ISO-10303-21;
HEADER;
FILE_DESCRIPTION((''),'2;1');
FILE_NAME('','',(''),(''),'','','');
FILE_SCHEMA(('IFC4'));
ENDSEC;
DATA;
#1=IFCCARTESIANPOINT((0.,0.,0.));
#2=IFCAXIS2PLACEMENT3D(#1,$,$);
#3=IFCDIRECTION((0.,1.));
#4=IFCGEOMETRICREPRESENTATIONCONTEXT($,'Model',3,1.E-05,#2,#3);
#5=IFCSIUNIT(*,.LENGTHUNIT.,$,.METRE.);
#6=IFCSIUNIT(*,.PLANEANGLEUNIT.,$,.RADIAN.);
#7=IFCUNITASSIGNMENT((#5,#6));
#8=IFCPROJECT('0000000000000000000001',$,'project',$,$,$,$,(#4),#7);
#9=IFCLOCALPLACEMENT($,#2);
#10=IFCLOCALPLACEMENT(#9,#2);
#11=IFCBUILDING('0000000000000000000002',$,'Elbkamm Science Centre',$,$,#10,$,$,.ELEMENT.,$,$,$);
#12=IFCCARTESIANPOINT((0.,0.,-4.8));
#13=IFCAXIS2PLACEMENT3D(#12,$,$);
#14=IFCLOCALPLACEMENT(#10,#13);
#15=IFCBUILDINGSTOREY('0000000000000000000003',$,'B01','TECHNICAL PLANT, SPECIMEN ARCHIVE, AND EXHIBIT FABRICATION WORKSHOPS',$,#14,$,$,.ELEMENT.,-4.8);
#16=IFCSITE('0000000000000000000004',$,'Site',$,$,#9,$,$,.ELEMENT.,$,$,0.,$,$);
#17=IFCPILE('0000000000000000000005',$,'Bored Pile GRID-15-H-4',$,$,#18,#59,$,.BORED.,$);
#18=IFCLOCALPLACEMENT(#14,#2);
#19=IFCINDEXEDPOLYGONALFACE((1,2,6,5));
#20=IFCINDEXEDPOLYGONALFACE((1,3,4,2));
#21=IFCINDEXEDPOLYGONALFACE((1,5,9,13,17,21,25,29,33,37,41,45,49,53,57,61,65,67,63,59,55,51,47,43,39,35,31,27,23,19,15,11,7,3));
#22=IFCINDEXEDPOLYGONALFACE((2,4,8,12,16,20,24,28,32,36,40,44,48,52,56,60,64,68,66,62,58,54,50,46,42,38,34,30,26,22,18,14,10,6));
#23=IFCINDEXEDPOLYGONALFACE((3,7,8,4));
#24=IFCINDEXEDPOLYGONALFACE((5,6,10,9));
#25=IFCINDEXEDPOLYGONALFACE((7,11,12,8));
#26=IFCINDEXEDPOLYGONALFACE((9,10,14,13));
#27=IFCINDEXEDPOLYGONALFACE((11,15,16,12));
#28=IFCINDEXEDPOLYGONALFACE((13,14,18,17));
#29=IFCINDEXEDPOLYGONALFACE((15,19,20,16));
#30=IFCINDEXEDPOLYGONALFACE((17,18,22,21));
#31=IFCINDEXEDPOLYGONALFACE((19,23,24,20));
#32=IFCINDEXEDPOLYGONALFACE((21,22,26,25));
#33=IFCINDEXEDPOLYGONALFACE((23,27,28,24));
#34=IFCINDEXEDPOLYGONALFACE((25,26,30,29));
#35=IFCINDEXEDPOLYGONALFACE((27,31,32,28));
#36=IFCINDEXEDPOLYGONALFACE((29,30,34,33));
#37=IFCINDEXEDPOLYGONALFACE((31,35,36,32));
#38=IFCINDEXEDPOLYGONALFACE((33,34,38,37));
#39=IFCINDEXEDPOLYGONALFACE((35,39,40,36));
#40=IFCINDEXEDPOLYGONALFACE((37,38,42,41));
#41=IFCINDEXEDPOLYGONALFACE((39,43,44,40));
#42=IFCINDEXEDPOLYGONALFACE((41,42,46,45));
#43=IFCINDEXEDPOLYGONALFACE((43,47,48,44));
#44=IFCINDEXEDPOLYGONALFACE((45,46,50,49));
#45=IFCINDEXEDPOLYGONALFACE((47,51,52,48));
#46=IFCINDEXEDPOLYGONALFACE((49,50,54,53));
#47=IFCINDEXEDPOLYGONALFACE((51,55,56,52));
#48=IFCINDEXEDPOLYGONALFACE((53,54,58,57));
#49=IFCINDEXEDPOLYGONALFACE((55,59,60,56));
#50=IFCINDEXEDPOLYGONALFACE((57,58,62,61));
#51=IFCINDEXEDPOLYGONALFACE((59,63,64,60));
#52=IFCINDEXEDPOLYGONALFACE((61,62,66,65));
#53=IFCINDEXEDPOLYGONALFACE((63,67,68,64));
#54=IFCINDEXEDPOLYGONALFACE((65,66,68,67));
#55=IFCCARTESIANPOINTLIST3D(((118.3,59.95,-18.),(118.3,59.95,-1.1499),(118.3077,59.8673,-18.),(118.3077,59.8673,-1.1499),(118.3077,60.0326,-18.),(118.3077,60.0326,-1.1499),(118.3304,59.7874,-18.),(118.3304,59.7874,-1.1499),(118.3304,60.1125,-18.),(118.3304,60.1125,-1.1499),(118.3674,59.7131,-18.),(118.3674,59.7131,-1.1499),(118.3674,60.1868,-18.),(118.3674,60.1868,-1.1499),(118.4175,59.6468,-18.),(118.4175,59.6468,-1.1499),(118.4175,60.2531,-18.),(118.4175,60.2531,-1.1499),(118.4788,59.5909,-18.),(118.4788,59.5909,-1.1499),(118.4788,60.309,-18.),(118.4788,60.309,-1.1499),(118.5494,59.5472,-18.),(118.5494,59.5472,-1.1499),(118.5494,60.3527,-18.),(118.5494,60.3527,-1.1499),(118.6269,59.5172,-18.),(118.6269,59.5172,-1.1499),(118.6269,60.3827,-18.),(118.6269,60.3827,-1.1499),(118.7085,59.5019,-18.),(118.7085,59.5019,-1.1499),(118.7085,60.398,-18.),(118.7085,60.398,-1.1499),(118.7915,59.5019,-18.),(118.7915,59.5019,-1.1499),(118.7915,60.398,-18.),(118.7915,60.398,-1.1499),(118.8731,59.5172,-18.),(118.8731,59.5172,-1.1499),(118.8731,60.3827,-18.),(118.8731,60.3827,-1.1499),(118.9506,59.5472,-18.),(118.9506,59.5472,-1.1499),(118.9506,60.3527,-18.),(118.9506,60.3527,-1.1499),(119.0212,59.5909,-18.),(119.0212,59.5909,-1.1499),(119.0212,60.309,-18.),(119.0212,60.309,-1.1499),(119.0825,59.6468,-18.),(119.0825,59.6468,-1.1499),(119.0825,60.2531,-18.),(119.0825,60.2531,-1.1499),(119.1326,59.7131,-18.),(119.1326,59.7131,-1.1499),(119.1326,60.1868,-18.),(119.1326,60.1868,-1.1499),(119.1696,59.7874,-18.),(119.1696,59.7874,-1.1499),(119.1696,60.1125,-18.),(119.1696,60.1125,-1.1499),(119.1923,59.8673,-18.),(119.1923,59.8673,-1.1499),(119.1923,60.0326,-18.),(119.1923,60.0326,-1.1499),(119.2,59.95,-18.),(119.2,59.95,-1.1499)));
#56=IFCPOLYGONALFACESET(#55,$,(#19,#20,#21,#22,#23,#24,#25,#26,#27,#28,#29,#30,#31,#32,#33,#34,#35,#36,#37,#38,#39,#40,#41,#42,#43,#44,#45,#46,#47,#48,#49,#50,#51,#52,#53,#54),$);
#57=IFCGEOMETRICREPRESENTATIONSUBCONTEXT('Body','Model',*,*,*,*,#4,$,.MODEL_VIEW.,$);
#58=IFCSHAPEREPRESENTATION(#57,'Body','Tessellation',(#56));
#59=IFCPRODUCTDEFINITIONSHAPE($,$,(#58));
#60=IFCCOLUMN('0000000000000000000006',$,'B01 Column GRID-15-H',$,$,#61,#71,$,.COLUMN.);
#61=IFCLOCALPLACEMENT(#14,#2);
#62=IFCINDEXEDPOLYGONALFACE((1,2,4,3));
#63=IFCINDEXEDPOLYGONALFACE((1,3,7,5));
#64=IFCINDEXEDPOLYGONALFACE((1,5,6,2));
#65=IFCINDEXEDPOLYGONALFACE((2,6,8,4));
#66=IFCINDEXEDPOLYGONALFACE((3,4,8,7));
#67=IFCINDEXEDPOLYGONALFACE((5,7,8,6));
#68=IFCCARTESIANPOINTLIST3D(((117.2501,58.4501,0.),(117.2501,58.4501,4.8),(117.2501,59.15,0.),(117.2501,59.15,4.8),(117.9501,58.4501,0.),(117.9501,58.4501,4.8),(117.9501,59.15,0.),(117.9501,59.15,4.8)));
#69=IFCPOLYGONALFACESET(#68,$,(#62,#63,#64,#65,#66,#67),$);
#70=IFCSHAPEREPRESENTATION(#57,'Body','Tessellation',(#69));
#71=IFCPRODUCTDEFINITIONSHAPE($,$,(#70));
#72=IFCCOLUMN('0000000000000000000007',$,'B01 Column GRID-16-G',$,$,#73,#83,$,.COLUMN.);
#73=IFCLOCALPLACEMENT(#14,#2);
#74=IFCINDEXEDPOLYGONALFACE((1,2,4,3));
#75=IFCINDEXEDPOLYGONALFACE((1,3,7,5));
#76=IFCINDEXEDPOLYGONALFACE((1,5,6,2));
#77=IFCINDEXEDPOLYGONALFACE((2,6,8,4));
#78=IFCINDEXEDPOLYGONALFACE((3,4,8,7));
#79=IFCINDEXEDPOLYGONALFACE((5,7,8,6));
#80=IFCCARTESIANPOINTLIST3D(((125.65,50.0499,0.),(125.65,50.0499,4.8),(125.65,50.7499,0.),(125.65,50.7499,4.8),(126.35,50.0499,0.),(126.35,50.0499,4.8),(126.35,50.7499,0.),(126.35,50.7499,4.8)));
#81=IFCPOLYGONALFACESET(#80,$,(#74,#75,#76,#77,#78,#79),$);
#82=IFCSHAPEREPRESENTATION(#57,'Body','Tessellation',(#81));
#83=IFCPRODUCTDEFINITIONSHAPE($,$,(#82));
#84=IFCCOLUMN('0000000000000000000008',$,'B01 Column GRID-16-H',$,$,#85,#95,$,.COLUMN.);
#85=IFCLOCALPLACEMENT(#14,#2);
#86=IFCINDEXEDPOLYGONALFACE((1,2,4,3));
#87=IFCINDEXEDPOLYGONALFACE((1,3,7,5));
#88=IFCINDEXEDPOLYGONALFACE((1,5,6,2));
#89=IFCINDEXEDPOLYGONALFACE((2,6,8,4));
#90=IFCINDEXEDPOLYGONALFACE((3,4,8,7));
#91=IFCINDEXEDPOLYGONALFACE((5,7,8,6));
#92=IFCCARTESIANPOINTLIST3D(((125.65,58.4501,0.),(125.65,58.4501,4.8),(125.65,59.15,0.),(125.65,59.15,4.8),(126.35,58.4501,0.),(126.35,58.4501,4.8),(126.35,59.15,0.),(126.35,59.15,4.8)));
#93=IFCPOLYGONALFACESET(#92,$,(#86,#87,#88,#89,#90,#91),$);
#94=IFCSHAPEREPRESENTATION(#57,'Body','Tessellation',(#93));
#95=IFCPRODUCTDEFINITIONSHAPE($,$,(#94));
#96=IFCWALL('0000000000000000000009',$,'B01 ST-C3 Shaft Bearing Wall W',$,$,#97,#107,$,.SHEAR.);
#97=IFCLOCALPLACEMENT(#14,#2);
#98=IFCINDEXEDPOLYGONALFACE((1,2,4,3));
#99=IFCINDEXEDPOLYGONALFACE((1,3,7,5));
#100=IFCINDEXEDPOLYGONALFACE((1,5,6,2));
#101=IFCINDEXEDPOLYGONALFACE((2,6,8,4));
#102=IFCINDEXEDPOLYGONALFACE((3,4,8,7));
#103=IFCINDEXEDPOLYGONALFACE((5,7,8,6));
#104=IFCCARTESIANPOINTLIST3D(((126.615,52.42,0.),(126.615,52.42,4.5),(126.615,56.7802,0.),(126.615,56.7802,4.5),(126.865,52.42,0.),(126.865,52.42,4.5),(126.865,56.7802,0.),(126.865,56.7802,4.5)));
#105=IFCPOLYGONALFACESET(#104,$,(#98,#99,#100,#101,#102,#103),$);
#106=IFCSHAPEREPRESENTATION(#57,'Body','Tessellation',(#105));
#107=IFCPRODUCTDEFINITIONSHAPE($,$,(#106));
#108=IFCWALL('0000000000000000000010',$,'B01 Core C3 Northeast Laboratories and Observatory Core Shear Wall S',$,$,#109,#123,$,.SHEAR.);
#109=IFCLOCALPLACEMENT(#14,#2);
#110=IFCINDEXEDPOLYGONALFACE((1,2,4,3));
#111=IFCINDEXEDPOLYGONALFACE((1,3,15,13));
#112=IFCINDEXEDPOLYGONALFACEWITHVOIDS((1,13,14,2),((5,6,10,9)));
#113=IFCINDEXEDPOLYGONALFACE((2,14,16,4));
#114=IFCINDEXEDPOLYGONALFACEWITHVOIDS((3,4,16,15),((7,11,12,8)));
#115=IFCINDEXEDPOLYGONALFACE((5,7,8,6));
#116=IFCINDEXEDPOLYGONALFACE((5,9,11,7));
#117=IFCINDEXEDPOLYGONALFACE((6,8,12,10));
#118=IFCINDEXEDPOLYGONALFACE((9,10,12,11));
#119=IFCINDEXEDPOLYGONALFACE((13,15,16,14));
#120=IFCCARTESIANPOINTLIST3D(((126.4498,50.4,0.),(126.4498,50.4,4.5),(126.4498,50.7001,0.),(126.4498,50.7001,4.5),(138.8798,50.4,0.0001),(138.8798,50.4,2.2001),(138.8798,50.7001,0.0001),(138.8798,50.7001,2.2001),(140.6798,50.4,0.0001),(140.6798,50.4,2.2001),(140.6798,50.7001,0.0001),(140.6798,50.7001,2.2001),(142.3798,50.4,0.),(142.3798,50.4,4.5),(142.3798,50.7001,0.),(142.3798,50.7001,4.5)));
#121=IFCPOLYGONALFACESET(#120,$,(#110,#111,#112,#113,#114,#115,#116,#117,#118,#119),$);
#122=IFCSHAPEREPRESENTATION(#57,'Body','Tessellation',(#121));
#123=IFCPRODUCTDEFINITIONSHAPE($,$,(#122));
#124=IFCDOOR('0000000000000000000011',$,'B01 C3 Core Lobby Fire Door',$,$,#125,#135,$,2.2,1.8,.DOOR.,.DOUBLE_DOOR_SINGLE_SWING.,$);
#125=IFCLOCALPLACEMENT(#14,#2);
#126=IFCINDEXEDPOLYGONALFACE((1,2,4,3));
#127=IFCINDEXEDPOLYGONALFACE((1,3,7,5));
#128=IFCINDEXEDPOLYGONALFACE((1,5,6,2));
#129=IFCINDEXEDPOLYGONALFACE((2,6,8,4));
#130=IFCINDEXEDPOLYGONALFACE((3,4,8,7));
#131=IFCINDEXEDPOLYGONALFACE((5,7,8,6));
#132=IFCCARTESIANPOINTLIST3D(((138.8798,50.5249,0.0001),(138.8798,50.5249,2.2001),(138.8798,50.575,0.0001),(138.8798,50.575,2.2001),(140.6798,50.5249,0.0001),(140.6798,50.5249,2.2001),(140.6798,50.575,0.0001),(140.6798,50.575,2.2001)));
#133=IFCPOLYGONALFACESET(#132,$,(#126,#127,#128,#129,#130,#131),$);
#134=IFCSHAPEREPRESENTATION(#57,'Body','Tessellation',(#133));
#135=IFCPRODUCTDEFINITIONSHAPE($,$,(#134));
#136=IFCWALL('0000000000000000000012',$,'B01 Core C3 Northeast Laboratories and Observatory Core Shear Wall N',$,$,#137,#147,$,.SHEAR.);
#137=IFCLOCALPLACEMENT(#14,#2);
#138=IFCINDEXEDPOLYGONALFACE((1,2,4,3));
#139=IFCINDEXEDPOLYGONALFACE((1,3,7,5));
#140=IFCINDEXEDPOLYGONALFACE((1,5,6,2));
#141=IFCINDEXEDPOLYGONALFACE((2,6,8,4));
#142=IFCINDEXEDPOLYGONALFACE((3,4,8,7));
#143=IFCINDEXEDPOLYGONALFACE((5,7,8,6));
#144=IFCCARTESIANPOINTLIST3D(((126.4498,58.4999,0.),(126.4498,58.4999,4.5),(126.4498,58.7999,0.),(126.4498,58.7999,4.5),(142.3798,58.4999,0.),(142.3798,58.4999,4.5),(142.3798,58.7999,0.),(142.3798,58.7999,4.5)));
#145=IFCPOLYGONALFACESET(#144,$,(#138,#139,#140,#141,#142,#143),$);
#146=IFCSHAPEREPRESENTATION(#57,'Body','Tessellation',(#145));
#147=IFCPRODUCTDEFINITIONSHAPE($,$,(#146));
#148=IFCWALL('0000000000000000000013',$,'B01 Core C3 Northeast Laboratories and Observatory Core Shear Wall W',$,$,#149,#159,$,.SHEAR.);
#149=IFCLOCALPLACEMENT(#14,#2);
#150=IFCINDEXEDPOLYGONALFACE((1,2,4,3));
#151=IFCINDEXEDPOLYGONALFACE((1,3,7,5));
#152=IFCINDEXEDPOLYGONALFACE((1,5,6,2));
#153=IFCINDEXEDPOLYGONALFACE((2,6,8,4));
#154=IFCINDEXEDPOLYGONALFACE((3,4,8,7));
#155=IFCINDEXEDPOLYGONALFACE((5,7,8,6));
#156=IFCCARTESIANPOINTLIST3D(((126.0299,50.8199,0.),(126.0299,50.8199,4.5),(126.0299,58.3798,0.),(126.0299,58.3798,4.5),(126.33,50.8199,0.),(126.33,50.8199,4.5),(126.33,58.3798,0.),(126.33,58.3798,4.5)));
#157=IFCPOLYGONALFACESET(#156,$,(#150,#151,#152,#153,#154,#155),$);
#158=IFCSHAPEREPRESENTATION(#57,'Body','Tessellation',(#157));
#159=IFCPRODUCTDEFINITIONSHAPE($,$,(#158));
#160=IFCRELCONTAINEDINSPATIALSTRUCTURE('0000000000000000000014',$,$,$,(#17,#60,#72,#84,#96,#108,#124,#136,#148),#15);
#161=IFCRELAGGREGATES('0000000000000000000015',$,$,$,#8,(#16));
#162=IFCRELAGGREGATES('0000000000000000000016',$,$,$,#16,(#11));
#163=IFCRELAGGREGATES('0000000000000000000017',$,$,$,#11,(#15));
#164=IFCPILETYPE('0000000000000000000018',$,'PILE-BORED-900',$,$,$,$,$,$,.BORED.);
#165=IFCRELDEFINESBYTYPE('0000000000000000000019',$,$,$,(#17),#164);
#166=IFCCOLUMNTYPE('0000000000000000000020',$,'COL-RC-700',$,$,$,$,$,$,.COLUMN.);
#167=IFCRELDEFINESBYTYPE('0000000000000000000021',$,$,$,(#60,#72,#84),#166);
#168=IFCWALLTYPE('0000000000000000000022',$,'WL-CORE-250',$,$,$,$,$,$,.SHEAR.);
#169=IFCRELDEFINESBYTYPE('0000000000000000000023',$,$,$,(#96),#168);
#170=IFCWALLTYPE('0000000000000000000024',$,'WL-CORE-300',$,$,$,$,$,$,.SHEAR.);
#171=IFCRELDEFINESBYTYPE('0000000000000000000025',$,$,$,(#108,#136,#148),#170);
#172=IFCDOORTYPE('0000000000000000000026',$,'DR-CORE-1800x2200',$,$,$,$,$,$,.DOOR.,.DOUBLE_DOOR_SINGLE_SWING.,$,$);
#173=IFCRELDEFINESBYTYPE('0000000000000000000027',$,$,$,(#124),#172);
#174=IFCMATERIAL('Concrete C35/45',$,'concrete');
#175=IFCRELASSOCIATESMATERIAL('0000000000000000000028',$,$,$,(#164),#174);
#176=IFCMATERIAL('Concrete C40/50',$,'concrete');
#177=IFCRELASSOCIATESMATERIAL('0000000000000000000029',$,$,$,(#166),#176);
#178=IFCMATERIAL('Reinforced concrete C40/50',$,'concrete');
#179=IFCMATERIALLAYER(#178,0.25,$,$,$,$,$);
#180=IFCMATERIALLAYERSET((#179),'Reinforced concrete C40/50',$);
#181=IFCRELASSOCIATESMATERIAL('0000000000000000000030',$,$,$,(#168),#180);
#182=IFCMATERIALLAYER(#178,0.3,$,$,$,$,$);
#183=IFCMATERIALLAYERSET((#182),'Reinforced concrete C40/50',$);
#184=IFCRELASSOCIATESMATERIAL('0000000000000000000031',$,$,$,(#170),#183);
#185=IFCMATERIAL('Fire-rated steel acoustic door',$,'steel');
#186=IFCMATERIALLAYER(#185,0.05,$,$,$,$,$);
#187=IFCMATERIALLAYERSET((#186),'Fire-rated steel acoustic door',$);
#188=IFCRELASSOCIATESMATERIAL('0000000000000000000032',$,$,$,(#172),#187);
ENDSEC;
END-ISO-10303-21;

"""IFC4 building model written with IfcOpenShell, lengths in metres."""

from ifc_helpers import new_model, si_unit, direction, frame, frame_2d, origin, origin_2d, place, context, subcontext, project, spatial, rectangle, circle, extrude, material, layer, layer_set, material_profile, profile_set, type_object, element, fill, save


model = new_model("IFC4")

# Units and contexts
model_context = context("Model", 3, precision=1e-05, world=origin(), true_north=direction((0.0, 1.0)))
body_context = subcontext(model_context, "Body", "Model", "MODEL_VIEW")
ifc_project = project(units=[si_unit("LENGTHUNIT", "METRE"), si_unit("PLANEANGLEUNIT", "RADIAN")], contexts=[model_context])

# Site, building, storey
site_placement = place(None, origin())
site = spatial("IfcSite", under=ifc_project, at=site_placement, Name="Site", CompositionType="ELEMENT", RefElevation=0.0)
building_placement = place(site_placement, origin())
building = spatial("IfcBuilding", under=site, at=building_placement, Name="Elbkamm Science Centre", CompositionType="ELEMENT")
storey_placement = place(building_placement, frame((0.0, 0.0, -4.8)))
storey = spatial("IfcBuildingStorey", under=building, at=storey_placement, Name="B01", Description="TECHNICAL PLANT, SPECIMEN ARCHIVE, AND EXHIBIT FABRICATION WORKSHOPS", CompositionType="ELEMENT", Elevation=-4.8)

# Shared definitions
ifc_material_1 = material(Name="Concrete C35/45", Category="concrete")

# Pile
ifc_material_profile_1 = material_profile(ifc_material_1, circle(Radius=0.45, at=origin_2d()), Name="PILE D900")
ifc_profile_set_1 = profile_set([ifc_material_profile_1], Name="Concrete C35/45")
pile_type_1 = type_object("IfcPileType", Name="PILE-BORED-900", PredefinedType="BORED", material=ifc_profile_set_1)
for number, where, z_axis, x_axis, name in (
    (1, (118.75, 59.95, -1.1499), (0.0, 0.0, -1.0), (1.0, 0.0, 0.0), "Bored Pile GRID-15-H-4"),
):
    element("IfcPile", number, at=place(storey_placement, frame(where, z_axis=z_axis, x_axis=x_axis)), inside=storey, type_object=pile_type_1, Name=name, PredefinedType="BORED", context=body_context, shape_type="SweptSolid", body=[
        extrude(circle(Radius=0.45, at=origin_2d()), origin(), (0.0, 0.0, 1.0), 16.8501),
    ])

# Columns
ifc_material_2 = material(Name="Concrete C40/50", Category="concrete")
ifc_material_profile_2 = material_profile(ifc_material_2, rectangle(XDim=0.7, YDim=0.7, at=origin_2d()), Name="RC 700x700")
ifc_profile_set_2 = profile_set([ifc_material_profile_2], Name="Concrete C40/50")
column_type = type_object("IfcColumnType", Name="COL-RC-700", PredefinedType="COLUMN", material=ifc_profile_set_2)
for number, where, z_axis, x_axis, name in (
    (2, (117.6001, 58.8, 0.0), (0.0, 0.0, 1.0), (1.0, 0.0, 0.0), "B01 Column GRID-15-H"),
    (3, (126.0, 50.3999, 0.0), (0.0, 0.0, 1.0), (1.0, 0.0, 0.0), "B01 Column GRID-16-G"),
    (4, (126.0, 58.8, 0.0), (0.0, 0.0, 1.0), (1.0, 0.0, 0.0), "B01 Column GRID-16-H"),
):
    element("IfcColumn", number, at=place(storey_placement, frame(where, z_axis=z_axis, x_axis=x_axis)), inside=storey, type_object=column_type, Name=name, PredefinedType="COLUMN", context=body_context, shape_type="SweptSolid", body=[
        extrude(rectangle(XDim=0.7, YDim=0.7, at=origin_2d()), origin(), (0.0, 0.0, 1.0), 4.8),
    ])

# Wall
ifc_material_3 = material(Name="Reinforced concrete C40/50", Category="concrete")
ifc_layer_1 = layer(ifc_material_3, 0.25)
ifc_layer_set_1 = layer_set([ifc_layer_1], Name="Reinforced concrete C40/50")
wall_type_1 = type_object("IfcWallType", Name="WL-CORE-250", PredefinedType="SHEAR", material=ifc_layer_set_1)
wall_1_placement = place(storey_placement, frame((126.74, 52.4199, 0.0), z_axis=(0.0, 0.0, 1.0), x_axis=(0.0, 1.0, 0.0)))
element("IfcWall", 5, at=wall_1_placement, inside=storey, type_object=wall_type_1, Name="B01 ST-C3 Shaft Bearing Wall W", PredefinedType="SHEAR", context=body_context, shape_type="SweptSolid", body=[
    extrude(rectangle(XDim=4.3601, YDim=0.25, at=frame_2d((2.1802, 0.0))), origin(), (0.0, 0.0, 1.0), 4.5),
])

# Wall, opening, door
ifc_layer_2 = layer(ifc_material_3, 0.3)
ifc_layer_set_2 = layer_set([ifc_layer_2], Name="Reinforced concrete C40/50")
wall_type_2 = type_object("IfcWallType", Name="WL-CORE-300", PredefinedType="SHEAR", material=ifc_layer_set_2)
wall_2_placement = place(storey_placement, frame((126.45, 50.55, 0.0), z_axis=(0.0, 0.0, 1.0), x_axis=(1.0, 0.0, 0.0)))
wall_2 = element("IfcWall", 6, at=wall_2_placement, inside=storey, type_object=wall_type_2, Name="B01 Core C3 Northeast Laboratories and Observatory Core Shear Wall S", PredefinedType="SHEAR", context=body_context, shape_type="SweptSolid", body=[
    extrude(rectangle(XDim=15.9299, YDim=0.3, at=frame_2d((7.9648, 0.0))), origin(), (0.0, 0.0, 1.0), 4.5),
])
opening_1_placement = place(wall_2_placement, frame((12.4299, 0.0, 0.0)))
opening_1 = element("IfcOpeningElement", 7, at=opening_1_placement, cuts=wall_2, PredefinedType="OPENING", context=body_context, shape_type="SweptSolid", body=[
    extrude(rectangle(XDim=1.8, YDim=2.2, at=frame_2d((0.8999, 1.1001))), frame((0.0, 0.1621, 0.0), z_axis=(0.0, -1.0, 0.0), x_axis=(1.0, 0.0, 0.0)), (0.0, 0.0, 1.0), 0.324),
])
ifc_material_4 = material(Name="Fire-rated steel acoustic door", Category="steel")
ifc_layer_3 = layer(ifc_material_4, 0.05)
ifc_layer_set_3 = layer_set([ifc_layer_3], Name="Fire-rated steel acoustic door")
door_type_1 = type_object("IfcDoorType", Name="DR-CORE-1800x2200", OperationType="DOUBLE_DOOR_SINGLE_SWING", PredefinedType="DOOR", material=ifc_layer_set_3)
door_1_placement = place(opening_1_placement, origin())
door_1 = element("IfcDoor", 8, at=door_1_placement, inside=storey, type_object=door_type_1, Name="B01 C3 Core Lobby Fire Door", OperationType="DOUBLE_DOOR_SINGLE_SWING", OverallHeight=2.2, OverallWidth=1.8, PredefinedType="DOOR", context=body_context, shape_type="SweptSolid", body=[
    extrude(rectangle(XDim=1.8, YDim=2.2, at=frame_2d((0.8999, 1.1001))), frame((0.0, 0.0249, 0.0), z_axis=(0.0, -1.0, 0.0), x_axis=(1.0, 0.0, 0.0)), (0.0, 0.0, 1.0), 0.05),
])
fill(opening_1, door_1)

# Walls
wall_3_placement = place(storey_placement, frame((126.45, 58.6499, 0.0), z_axis=(0.0, 0.0, 1.0), x_axis=(1.0, 0.0, 0.0)))
element("IfcWall", 9, at=wall_3_placement, inside=storey, type_object=wall_type_2, Name="B01 Core C3 Northeast Laboratories and Observatory Core Shear Wall N", PredefinedType="SHEAR", context=body_context, shape_type="SweptSolid", body=[
    extrude(rectangle(XDim=15.9299, YDim=0.3, at=frame_2d((7.9648, 0.0))), origin(), (0.0, 0.0, 1.0), 4.5),
])
wall_4_placement = place(storey_placement, frame((126.1799, 50.8201, 0.0), z_axis=(0.0, 0.0, 1.0), x_axis=(0.0, 1.0, 0.0)))
element("IfcWall", 10, at=wall_4_placement, inside=storey, type_object=wall_type_2, Name="B01 Core C3 Northeast Laboratories and Observatory Core Shear Wall W", PredefinedType="SHEAR", context=body_context, shape_type="SweptSolid", body=[
    extrude(rectangle(XDim=7.5598, YDim=0.3, at=frame_2d((3.7798, 0.0))), origin(), (0.0, 0.0, 1.0), 4.5),
])

save(model, "model.ifc")
